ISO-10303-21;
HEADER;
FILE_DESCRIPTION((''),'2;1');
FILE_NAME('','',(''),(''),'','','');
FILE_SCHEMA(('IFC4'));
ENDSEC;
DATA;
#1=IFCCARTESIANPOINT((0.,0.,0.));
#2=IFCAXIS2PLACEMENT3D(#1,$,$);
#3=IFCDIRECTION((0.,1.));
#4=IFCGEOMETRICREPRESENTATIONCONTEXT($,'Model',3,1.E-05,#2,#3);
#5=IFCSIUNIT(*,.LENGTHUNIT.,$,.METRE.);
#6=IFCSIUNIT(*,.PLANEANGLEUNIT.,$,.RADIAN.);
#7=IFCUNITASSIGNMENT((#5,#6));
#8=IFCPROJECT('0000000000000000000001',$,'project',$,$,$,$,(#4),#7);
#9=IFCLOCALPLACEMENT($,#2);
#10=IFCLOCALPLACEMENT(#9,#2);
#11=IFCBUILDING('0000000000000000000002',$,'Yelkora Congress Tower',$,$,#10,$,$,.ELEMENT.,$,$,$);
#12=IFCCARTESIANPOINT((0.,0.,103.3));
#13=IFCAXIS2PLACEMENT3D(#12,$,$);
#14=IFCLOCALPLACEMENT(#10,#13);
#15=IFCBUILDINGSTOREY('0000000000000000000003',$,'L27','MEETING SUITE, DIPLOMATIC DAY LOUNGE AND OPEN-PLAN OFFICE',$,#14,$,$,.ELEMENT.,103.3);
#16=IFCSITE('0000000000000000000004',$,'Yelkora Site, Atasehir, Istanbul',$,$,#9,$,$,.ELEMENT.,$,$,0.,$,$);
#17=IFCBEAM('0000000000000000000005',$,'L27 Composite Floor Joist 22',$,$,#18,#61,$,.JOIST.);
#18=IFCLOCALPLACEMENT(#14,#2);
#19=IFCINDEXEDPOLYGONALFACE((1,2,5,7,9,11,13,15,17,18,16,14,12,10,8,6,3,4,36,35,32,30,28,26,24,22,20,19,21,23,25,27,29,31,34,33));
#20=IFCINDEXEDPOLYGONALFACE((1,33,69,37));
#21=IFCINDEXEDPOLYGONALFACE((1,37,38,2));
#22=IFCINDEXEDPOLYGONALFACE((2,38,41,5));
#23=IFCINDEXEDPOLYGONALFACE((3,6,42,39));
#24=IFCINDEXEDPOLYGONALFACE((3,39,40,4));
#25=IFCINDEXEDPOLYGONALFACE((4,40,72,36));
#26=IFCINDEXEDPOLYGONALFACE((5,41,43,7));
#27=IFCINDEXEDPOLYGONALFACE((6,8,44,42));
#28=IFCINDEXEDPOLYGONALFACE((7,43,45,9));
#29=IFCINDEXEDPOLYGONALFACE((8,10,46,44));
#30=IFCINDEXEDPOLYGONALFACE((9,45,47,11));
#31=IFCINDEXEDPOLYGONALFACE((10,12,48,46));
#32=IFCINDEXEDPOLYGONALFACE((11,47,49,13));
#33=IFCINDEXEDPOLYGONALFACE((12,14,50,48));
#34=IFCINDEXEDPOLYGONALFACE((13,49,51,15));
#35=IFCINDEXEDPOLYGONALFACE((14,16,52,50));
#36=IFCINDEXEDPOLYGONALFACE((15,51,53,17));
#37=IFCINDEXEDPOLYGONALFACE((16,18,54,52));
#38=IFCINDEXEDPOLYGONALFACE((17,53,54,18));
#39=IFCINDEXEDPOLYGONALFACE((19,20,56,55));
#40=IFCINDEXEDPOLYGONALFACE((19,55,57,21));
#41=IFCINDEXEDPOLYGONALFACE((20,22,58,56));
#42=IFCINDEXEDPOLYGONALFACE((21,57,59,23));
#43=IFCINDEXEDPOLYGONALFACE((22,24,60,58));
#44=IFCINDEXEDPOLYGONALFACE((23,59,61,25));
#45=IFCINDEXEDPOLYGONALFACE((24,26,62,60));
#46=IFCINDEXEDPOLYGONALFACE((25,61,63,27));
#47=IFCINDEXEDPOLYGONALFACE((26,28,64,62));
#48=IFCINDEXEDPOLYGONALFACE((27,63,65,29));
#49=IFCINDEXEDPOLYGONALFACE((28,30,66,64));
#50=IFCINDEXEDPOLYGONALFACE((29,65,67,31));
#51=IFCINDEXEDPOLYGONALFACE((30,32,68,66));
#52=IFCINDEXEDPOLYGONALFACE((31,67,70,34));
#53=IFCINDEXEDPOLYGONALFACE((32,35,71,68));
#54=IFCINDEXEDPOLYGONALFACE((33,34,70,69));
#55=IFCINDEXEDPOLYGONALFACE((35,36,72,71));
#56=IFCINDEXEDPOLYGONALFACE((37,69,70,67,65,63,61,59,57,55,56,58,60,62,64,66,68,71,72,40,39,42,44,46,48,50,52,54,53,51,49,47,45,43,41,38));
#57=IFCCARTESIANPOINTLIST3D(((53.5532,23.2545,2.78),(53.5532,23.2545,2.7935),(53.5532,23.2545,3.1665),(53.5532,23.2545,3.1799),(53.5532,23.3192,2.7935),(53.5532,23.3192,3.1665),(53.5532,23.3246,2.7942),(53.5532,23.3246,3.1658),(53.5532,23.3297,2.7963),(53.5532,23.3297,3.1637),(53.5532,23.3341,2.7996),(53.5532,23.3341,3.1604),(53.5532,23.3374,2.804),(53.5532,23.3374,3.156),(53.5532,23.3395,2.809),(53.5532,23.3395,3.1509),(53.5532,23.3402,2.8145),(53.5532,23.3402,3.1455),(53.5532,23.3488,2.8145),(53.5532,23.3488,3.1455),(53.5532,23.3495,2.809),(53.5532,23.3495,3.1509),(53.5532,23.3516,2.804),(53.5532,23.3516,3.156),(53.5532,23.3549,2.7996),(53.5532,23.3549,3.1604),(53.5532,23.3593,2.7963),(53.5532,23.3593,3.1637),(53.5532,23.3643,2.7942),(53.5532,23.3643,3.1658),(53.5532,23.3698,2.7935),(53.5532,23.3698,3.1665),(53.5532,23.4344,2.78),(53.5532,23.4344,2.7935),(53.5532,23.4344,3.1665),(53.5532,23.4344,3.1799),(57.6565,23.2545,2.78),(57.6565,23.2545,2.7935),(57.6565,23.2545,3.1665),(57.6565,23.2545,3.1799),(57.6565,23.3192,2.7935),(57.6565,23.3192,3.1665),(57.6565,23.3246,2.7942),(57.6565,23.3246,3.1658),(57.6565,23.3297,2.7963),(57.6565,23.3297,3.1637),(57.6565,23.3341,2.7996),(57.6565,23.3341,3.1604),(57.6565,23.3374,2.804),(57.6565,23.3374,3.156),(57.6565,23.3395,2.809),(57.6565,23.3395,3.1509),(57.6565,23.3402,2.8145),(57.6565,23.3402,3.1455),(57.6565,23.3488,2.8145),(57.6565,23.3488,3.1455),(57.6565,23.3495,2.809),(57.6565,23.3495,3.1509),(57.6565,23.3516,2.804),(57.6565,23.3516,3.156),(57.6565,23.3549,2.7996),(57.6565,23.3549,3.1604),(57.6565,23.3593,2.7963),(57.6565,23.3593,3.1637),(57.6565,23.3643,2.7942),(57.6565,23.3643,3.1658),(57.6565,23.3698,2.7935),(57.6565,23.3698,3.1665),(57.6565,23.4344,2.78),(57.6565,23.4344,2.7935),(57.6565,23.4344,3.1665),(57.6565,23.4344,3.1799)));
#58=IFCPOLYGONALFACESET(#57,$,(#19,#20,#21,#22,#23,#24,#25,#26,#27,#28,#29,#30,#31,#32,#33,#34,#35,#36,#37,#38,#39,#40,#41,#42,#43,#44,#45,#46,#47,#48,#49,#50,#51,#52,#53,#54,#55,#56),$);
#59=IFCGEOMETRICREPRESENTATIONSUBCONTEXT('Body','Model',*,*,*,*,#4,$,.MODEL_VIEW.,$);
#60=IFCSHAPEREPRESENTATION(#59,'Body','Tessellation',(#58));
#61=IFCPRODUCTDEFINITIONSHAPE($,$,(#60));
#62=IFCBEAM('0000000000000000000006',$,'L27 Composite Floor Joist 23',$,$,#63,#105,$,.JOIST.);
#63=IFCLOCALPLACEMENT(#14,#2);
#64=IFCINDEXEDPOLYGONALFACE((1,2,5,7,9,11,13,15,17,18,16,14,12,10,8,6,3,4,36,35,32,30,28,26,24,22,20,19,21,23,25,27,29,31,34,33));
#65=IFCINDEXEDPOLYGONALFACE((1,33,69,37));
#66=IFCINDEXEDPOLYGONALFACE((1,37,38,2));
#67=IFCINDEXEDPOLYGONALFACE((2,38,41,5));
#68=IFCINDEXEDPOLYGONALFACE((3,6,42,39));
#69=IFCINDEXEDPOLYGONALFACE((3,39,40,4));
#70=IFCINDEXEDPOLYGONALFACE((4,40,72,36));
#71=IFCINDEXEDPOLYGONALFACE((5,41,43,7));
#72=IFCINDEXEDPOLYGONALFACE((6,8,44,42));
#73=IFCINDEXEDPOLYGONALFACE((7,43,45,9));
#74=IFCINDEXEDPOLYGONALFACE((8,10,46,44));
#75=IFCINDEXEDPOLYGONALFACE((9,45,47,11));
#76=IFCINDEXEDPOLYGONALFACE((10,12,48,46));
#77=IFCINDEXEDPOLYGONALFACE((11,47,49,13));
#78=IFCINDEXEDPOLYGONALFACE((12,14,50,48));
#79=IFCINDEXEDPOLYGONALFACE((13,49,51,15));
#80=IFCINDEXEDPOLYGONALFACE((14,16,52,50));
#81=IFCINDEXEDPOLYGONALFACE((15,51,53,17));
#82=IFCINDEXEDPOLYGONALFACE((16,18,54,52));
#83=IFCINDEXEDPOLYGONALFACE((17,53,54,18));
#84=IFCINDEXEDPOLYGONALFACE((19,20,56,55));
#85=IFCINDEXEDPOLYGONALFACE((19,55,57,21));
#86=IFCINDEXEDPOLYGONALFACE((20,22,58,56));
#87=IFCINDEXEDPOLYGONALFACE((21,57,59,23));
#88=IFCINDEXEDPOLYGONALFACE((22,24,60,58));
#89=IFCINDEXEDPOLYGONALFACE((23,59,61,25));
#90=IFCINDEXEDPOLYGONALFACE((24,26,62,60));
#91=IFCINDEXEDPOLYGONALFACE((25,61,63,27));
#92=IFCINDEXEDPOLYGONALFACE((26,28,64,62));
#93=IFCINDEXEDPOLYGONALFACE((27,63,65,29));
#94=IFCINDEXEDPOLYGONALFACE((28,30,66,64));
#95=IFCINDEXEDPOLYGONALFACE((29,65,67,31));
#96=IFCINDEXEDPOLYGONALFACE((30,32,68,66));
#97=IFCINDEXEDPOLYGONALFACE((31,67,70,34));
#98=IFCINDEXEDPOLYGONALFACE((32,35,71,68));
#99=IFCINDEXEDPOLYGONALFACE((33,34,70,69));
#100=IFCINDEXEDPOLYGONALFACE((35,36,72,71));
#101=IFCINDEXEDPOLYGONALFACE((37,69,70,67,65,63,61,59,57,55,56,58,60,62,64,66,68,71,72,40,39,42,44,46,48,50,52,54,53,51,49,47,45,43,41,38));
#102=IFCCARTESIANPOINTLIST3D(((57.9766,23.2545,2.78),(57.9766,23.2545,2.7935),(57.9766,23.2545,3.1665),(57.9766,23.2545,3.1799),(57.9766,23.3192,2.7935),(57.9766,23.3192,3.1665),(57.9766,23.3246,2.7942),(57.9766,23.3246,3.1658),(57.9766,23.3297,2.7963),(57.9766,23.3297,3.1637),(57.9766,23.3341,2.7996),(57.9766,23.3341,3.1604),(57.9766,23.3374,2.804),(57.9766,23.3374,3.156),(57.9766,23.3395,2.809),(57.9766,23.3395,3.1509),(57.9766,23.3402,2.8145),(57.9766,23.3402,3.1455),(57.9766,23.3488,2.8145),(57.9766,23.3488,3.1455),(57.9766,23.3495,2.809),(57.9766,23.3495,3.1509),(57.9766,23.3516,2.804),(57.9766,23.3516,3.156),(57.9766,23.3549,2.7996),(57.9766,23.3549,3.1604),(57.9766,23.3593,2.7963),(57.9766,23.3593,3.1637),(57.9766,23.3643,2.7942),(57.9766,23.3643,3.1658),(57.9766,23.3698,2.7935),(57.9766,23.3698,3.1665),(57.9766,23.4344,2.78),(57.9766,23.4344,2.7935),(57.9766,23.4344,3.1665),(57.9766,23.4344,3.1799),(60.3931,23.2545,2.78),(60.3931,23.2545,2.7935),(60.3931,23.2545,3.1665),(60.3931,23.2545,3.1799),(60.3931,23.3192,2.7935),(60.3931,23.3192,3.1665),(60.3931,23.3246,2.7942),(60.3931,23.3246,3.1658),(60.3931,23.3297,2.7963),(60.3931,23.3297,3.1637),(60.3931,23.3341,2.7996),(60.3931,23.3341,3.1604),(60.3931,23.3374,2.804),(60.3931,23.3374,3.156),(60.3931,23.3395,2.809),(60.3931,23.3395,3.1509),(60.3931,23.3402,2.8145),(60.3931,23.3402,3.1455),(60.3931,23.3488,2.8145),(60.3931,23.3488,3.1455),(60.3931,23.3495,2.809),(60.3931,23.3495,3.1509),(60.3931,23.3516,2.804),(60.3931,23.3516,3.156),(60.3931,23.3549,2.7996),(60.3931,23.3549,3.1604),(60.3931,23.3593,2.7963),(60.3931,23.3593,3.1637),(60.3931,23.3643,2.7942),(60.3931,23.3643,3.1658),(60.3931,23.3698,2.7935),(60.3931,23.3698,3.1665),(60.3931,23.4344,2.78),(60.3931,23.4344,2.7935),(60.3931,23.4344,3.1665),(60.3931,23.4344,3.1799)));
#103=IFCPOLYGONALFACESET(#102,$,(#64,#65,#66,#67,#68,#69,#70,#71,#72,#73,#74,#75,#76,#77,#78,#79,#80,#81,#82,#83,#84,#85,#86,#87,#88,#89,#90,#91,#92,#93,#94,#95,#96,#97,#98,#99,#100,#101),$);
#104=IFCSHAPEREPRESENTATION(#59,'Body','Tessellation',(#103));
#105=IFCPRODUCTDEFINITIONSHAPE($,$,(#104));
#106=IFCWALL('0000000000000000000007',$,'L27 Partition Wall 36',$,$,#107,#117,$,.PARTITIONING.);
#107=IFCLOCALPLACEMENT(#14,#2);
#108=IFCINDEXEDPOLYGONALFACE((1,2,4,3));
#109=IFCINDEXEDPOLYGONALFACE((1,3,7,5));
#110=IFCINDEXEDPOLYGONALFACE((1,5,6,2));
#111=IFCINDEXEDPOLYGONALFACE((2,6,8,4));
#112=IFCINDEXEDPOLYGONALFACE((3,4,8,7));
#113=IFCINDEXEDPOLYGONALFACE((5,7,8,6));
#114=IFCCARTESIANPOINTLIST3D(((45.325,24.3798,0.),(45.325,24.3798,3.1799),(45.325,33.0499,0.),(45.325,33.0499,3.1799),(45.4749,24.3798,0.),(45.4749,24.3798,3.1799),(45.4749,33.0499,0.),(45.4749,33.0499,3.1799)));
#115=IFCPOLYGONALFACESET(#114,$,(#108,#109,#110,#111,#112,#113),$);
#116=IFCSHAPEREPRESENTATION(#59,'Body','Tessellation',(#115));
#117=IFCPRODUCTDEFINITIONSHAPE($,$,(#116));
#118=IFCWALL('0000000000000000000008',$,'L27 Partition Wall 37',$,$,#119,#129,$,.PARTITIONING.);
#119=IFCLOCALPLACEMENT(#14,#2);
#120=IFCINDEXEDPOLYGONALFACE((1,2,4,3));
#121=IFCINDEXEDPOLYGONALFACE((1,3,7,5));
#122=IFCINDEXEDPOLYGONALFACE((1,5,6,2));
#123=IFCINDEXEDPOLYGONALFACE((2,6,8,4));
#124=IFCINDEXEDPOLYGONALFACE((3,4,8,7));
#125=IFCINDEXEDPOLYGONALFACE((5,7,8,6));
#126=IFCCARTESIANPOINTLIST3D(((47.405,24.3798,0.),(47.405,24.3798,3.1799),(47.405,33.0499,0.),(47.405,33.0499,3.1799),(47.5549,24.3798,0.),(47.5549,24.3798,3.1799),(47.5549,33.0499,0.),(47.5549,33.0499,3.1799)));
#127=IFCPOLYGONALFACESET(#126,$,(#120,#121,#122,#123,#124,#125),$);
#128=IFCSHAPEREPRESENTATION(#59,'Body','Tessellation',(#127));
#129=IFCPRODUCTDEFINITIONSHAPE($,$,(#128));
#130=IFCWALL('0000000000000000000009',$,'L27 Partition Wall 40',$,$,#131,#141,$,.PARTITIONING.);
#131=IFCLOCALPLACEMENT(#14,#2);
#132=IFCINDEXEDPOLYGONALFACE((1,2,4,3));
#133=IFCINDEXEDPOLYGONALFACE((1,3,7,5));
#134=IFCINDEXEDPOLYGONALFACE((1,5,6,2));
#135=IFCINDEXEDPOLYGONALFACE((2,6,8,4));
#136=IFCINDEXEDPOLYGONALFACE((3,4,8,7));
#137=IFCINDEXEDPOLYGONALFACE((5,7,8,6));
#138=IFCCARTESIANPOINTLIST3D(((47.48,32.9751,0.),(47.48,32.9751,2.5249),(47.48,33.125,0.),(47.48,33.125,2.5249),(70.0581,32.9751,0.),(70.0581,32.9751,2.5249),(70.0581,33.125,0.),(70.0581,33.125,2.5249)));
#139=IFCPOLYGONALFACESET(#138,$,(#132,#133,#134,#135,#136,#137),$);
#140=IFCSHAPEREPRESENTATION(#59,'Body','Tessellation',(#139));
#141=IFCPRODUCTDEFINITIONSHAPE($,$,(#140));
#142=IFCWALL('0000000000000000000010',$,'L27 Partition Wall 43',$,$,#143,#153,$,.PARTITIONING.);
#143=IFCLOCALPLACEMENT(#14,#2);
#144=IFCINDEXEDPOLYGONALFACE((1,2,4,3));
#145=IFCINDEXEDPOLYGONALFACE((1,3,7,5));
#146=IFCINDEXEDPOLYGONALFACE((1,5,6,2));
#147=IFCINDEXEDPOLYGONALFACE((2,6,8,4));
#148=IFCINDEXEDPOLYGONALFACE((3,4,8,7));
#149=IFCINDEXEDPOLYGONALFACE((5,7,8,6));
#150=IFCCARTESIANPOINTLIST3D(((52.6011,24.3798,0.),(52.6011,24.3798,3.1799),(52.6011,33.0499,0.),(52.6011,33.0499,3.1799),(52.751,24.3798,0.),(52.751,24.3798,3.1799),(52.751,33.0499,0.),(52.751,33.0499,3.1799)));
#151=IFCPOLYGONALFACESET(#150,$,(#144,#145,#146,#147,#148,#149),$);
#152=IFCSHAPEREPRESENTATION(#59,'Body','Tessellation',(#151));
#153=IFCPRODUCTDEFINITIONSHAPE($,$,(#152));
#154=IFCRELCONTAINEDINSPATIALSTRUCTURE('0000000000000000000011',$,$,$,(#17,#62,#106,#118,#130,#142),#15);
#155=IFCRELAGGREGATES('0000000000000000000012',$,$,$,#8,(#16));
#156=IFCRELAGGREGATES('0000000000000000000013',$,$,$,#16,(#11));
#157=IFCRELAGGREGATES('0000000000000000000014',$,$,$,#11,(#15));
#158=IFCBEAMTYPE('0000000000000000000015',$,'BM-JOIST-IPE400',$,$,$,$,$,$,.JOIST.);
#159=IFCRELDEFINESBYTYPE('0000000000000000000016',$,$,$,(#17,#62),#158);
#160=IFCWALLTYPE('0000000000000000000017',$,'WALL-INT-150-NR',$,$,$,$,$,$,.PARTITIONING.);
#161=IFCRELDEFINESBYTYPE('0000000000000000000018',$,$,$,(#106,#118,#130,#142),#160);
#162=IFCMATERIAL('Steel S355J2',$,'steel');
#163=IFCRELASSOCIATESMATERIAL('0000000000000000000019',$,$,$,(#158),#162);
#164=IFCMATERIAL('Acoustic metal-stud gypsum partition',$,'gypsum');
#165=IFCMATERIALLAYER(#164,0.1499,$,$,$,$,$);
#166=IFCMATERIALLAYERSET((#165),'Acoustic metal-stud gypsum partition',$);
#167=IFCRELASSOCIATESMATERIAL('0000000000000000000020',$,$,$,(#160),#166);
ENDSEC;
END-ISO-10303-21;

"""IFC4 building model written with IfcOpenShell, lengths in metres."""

from ifc_helpers import new_model, si_unit, direction, frame, frame_2d, origin, origin_2d, place, context, subcontext, project, spatial, rectangle, i_section, extrude, material, layer, layer_set, material_profile, profile_set, type_object, element, save


model = new_model("IFC4")

# Units and contexts
model_context = context("Model", 3, precision=1e-05, world=origin(), true_north=direction((0.0, 1.0)))
body_context = subcontext(model_context, "Body", "Model", "MODEL_VIEW")
ifc_project = project(units=[si_unit("LENGTHUNIT", "METRE"), si_unit("PLANEANGLEUNIT", "RADIAN")], contexts=[model_context])

# Site, building, storey
site_placement = place(None, origin())
site = spatial("IfcSite", under=ifc_project, at=site_placement, Name="Yelkora Site, Atasehir, Istanbul", CompositionType="ELEMENT", RefElevation=0.0)
building_placement = place(site_placement, origin())
building = spatial("IfcBuilding", under=site, at=building_placement, Name="Yelkora Congress Tower", CompositionType="ELEMENT")
storey_placement = place(building_placement, frame((0.0, 0.0, 103.3)))
storey = spatial("IfcBuildingStorey", under=building, at=storey_placement, Name="L27", Description="MEETING SUITE, DIPLOMATIC DAY LOUNGE AND OPEN-PLAN OFFICE", CompositionType="ELEMENT", Elevation=103.3)

# Beams
ifc_material_1 = material(Name="Steel S355J2", Category="steel")
ifc_material_profile_1 = material_profile(ifc_material_1, i_section(OverallWidth=0.1799, OverallDepth=0.3999, WebThickness=0.0085, FlangeThickness=0.0134, FilletRadius=0.021, at=origin_2d()), Name="IPE 400")
ifc_profile_set_1 = profile_set([ifc_material_profile_1], Name="Steel S355J2")
beam_type_1 = type_object("IfcBeamType", Name="BM-JOIST-IPE400", PredefinedType="JOIST", material=ifc_profile_set_1)
beam_1_placement = place(storey_placement, frame((53.5532, 23.3445, 2.98), z_axis=(1.0, 0.0, 0.0), x_axis=(0.0, 1.0, 0.0)))
element("IfcBeam", 1, at=beam_1_placement, inside=storey, type_object=beam_type_1, Name="L27 Composite Floor Joist 22", PredefinedType="JOIST", context=body_context, shape_type="SweptSolid", body=[
    extrude(i_section(OverallWidth=0.1799, OverallDepth=0.3999, WebThickness=0.0085, FlangeThickness=0.0134, FilletRadius=0.021, at=origin_2d()), origin(), (0.0, 0.0, 1.0), 4.1033),
])
beam_2_placement = place(storey_placement, frame((57.9766, 23.3445, 2.98), z_axis=(1.0, 0.0, 0.0), x_axis=(0.0, 1.0, 0.0)))
element("IfcBeam", 2, at=beam_2_placement, inside=storey, type_object=beam_type_1, Name="L27 Composite Floor Joist 23", PredefinedType="JOIST", context=body_context, shape_type="SweptSolid", body=[
    extrude(i_section(OverallWidth=0.1799, OverallDepth=0.3999, WebThickness=0.0085, FlangeThickness=0.0134, FilletRadius=0.021, at=origin_2d()), origin(), (0.0, 0.0, 1.0), 2.4165),
])

# Walls
ifc_material_2 = material(Name="Acoustic metal-stud gypsum partition", Category="gypsum")
ifc_layer = layer(ifc_material_2, 0.1499)
ifc_layer_set = layer_set([ifc_layer], Name="Acoustic metal-stud gypsum partition")
wall_type = type_object("IfcWallType", Name="WALL-INT-150-NR", PredefinedType="PARTITIONING", material=ifc_layer_set)
for number, where, z_axis, x_axis, name in (
    (3, (45.3999, 24.3799, 0.0), (0.0, 0.0, 1.0), (0.0, 1.0, 0.0), "L27 Partition Wall 36"),
    (4, (47.48, 24.3799, 0.0), (0.0, 0.0, 1.0), (0.0, 1.0, 0.0), "L27 Partition Wall 37"),
):
    element("IfcWall", number, at=place(storey_placement, frame(where, z_axis=z_axis, x_axis=x_axis)), inside=storey, type_object=wall_type, Name=name, PredefinedType="PARTITIONING", context=body_context, shape_type="SweptSolid", body=[
        extrude(rectangle(XDim=8.6702, YDim=0.1499, at=frame_2d((4.335, 0.0))), origin(), (0.0, 0.0, 1.0), 3.1799),
    ])
wall_1_placement = place(storey_placement, frame((47.48, 33.05, 0.0), z_axis=(0.0, 0.0, 1.0), x_axis=(1.0, 0.0, 0.0)))
element("IfcWall", 5, at=wall_1_placement, inside=storey, type_object=wall_type, Name="L27 Partition Wall 40", PredefinedType="PARTITIONING", context=body_context, shape_type="SweptSolid", body=[
    extrude(rectangle(XDim=22.5781, YDim=0.1499, at=frame_2d((11.2891, 0.0))), origin(), (0.0, 0.0, 1.0), 2.5249),
])
wall_2_placement = place(storey_placement, frame((52.676, 24.3799, 0.0), z_axis=(0.0, 0.0, 1.0), x_axis=(0.0, 1.0, 0.0)))
element("IfcWall", 6, at=wall_2_placement, inside=storey, type_object=wall_type, Name="L27 Partition Wall 43", PredefinedType="PARTITIONING", context=body_context, shape_type="SweptSolid", body=[
    extrude(rectangle(XDim=8.6702, YDim=0.1499, at=frame_2d((4.335, 0.0))), origin(), (0.0, 0.0, 1.0), 3.1799),
])

save(model, "model.ifc")
